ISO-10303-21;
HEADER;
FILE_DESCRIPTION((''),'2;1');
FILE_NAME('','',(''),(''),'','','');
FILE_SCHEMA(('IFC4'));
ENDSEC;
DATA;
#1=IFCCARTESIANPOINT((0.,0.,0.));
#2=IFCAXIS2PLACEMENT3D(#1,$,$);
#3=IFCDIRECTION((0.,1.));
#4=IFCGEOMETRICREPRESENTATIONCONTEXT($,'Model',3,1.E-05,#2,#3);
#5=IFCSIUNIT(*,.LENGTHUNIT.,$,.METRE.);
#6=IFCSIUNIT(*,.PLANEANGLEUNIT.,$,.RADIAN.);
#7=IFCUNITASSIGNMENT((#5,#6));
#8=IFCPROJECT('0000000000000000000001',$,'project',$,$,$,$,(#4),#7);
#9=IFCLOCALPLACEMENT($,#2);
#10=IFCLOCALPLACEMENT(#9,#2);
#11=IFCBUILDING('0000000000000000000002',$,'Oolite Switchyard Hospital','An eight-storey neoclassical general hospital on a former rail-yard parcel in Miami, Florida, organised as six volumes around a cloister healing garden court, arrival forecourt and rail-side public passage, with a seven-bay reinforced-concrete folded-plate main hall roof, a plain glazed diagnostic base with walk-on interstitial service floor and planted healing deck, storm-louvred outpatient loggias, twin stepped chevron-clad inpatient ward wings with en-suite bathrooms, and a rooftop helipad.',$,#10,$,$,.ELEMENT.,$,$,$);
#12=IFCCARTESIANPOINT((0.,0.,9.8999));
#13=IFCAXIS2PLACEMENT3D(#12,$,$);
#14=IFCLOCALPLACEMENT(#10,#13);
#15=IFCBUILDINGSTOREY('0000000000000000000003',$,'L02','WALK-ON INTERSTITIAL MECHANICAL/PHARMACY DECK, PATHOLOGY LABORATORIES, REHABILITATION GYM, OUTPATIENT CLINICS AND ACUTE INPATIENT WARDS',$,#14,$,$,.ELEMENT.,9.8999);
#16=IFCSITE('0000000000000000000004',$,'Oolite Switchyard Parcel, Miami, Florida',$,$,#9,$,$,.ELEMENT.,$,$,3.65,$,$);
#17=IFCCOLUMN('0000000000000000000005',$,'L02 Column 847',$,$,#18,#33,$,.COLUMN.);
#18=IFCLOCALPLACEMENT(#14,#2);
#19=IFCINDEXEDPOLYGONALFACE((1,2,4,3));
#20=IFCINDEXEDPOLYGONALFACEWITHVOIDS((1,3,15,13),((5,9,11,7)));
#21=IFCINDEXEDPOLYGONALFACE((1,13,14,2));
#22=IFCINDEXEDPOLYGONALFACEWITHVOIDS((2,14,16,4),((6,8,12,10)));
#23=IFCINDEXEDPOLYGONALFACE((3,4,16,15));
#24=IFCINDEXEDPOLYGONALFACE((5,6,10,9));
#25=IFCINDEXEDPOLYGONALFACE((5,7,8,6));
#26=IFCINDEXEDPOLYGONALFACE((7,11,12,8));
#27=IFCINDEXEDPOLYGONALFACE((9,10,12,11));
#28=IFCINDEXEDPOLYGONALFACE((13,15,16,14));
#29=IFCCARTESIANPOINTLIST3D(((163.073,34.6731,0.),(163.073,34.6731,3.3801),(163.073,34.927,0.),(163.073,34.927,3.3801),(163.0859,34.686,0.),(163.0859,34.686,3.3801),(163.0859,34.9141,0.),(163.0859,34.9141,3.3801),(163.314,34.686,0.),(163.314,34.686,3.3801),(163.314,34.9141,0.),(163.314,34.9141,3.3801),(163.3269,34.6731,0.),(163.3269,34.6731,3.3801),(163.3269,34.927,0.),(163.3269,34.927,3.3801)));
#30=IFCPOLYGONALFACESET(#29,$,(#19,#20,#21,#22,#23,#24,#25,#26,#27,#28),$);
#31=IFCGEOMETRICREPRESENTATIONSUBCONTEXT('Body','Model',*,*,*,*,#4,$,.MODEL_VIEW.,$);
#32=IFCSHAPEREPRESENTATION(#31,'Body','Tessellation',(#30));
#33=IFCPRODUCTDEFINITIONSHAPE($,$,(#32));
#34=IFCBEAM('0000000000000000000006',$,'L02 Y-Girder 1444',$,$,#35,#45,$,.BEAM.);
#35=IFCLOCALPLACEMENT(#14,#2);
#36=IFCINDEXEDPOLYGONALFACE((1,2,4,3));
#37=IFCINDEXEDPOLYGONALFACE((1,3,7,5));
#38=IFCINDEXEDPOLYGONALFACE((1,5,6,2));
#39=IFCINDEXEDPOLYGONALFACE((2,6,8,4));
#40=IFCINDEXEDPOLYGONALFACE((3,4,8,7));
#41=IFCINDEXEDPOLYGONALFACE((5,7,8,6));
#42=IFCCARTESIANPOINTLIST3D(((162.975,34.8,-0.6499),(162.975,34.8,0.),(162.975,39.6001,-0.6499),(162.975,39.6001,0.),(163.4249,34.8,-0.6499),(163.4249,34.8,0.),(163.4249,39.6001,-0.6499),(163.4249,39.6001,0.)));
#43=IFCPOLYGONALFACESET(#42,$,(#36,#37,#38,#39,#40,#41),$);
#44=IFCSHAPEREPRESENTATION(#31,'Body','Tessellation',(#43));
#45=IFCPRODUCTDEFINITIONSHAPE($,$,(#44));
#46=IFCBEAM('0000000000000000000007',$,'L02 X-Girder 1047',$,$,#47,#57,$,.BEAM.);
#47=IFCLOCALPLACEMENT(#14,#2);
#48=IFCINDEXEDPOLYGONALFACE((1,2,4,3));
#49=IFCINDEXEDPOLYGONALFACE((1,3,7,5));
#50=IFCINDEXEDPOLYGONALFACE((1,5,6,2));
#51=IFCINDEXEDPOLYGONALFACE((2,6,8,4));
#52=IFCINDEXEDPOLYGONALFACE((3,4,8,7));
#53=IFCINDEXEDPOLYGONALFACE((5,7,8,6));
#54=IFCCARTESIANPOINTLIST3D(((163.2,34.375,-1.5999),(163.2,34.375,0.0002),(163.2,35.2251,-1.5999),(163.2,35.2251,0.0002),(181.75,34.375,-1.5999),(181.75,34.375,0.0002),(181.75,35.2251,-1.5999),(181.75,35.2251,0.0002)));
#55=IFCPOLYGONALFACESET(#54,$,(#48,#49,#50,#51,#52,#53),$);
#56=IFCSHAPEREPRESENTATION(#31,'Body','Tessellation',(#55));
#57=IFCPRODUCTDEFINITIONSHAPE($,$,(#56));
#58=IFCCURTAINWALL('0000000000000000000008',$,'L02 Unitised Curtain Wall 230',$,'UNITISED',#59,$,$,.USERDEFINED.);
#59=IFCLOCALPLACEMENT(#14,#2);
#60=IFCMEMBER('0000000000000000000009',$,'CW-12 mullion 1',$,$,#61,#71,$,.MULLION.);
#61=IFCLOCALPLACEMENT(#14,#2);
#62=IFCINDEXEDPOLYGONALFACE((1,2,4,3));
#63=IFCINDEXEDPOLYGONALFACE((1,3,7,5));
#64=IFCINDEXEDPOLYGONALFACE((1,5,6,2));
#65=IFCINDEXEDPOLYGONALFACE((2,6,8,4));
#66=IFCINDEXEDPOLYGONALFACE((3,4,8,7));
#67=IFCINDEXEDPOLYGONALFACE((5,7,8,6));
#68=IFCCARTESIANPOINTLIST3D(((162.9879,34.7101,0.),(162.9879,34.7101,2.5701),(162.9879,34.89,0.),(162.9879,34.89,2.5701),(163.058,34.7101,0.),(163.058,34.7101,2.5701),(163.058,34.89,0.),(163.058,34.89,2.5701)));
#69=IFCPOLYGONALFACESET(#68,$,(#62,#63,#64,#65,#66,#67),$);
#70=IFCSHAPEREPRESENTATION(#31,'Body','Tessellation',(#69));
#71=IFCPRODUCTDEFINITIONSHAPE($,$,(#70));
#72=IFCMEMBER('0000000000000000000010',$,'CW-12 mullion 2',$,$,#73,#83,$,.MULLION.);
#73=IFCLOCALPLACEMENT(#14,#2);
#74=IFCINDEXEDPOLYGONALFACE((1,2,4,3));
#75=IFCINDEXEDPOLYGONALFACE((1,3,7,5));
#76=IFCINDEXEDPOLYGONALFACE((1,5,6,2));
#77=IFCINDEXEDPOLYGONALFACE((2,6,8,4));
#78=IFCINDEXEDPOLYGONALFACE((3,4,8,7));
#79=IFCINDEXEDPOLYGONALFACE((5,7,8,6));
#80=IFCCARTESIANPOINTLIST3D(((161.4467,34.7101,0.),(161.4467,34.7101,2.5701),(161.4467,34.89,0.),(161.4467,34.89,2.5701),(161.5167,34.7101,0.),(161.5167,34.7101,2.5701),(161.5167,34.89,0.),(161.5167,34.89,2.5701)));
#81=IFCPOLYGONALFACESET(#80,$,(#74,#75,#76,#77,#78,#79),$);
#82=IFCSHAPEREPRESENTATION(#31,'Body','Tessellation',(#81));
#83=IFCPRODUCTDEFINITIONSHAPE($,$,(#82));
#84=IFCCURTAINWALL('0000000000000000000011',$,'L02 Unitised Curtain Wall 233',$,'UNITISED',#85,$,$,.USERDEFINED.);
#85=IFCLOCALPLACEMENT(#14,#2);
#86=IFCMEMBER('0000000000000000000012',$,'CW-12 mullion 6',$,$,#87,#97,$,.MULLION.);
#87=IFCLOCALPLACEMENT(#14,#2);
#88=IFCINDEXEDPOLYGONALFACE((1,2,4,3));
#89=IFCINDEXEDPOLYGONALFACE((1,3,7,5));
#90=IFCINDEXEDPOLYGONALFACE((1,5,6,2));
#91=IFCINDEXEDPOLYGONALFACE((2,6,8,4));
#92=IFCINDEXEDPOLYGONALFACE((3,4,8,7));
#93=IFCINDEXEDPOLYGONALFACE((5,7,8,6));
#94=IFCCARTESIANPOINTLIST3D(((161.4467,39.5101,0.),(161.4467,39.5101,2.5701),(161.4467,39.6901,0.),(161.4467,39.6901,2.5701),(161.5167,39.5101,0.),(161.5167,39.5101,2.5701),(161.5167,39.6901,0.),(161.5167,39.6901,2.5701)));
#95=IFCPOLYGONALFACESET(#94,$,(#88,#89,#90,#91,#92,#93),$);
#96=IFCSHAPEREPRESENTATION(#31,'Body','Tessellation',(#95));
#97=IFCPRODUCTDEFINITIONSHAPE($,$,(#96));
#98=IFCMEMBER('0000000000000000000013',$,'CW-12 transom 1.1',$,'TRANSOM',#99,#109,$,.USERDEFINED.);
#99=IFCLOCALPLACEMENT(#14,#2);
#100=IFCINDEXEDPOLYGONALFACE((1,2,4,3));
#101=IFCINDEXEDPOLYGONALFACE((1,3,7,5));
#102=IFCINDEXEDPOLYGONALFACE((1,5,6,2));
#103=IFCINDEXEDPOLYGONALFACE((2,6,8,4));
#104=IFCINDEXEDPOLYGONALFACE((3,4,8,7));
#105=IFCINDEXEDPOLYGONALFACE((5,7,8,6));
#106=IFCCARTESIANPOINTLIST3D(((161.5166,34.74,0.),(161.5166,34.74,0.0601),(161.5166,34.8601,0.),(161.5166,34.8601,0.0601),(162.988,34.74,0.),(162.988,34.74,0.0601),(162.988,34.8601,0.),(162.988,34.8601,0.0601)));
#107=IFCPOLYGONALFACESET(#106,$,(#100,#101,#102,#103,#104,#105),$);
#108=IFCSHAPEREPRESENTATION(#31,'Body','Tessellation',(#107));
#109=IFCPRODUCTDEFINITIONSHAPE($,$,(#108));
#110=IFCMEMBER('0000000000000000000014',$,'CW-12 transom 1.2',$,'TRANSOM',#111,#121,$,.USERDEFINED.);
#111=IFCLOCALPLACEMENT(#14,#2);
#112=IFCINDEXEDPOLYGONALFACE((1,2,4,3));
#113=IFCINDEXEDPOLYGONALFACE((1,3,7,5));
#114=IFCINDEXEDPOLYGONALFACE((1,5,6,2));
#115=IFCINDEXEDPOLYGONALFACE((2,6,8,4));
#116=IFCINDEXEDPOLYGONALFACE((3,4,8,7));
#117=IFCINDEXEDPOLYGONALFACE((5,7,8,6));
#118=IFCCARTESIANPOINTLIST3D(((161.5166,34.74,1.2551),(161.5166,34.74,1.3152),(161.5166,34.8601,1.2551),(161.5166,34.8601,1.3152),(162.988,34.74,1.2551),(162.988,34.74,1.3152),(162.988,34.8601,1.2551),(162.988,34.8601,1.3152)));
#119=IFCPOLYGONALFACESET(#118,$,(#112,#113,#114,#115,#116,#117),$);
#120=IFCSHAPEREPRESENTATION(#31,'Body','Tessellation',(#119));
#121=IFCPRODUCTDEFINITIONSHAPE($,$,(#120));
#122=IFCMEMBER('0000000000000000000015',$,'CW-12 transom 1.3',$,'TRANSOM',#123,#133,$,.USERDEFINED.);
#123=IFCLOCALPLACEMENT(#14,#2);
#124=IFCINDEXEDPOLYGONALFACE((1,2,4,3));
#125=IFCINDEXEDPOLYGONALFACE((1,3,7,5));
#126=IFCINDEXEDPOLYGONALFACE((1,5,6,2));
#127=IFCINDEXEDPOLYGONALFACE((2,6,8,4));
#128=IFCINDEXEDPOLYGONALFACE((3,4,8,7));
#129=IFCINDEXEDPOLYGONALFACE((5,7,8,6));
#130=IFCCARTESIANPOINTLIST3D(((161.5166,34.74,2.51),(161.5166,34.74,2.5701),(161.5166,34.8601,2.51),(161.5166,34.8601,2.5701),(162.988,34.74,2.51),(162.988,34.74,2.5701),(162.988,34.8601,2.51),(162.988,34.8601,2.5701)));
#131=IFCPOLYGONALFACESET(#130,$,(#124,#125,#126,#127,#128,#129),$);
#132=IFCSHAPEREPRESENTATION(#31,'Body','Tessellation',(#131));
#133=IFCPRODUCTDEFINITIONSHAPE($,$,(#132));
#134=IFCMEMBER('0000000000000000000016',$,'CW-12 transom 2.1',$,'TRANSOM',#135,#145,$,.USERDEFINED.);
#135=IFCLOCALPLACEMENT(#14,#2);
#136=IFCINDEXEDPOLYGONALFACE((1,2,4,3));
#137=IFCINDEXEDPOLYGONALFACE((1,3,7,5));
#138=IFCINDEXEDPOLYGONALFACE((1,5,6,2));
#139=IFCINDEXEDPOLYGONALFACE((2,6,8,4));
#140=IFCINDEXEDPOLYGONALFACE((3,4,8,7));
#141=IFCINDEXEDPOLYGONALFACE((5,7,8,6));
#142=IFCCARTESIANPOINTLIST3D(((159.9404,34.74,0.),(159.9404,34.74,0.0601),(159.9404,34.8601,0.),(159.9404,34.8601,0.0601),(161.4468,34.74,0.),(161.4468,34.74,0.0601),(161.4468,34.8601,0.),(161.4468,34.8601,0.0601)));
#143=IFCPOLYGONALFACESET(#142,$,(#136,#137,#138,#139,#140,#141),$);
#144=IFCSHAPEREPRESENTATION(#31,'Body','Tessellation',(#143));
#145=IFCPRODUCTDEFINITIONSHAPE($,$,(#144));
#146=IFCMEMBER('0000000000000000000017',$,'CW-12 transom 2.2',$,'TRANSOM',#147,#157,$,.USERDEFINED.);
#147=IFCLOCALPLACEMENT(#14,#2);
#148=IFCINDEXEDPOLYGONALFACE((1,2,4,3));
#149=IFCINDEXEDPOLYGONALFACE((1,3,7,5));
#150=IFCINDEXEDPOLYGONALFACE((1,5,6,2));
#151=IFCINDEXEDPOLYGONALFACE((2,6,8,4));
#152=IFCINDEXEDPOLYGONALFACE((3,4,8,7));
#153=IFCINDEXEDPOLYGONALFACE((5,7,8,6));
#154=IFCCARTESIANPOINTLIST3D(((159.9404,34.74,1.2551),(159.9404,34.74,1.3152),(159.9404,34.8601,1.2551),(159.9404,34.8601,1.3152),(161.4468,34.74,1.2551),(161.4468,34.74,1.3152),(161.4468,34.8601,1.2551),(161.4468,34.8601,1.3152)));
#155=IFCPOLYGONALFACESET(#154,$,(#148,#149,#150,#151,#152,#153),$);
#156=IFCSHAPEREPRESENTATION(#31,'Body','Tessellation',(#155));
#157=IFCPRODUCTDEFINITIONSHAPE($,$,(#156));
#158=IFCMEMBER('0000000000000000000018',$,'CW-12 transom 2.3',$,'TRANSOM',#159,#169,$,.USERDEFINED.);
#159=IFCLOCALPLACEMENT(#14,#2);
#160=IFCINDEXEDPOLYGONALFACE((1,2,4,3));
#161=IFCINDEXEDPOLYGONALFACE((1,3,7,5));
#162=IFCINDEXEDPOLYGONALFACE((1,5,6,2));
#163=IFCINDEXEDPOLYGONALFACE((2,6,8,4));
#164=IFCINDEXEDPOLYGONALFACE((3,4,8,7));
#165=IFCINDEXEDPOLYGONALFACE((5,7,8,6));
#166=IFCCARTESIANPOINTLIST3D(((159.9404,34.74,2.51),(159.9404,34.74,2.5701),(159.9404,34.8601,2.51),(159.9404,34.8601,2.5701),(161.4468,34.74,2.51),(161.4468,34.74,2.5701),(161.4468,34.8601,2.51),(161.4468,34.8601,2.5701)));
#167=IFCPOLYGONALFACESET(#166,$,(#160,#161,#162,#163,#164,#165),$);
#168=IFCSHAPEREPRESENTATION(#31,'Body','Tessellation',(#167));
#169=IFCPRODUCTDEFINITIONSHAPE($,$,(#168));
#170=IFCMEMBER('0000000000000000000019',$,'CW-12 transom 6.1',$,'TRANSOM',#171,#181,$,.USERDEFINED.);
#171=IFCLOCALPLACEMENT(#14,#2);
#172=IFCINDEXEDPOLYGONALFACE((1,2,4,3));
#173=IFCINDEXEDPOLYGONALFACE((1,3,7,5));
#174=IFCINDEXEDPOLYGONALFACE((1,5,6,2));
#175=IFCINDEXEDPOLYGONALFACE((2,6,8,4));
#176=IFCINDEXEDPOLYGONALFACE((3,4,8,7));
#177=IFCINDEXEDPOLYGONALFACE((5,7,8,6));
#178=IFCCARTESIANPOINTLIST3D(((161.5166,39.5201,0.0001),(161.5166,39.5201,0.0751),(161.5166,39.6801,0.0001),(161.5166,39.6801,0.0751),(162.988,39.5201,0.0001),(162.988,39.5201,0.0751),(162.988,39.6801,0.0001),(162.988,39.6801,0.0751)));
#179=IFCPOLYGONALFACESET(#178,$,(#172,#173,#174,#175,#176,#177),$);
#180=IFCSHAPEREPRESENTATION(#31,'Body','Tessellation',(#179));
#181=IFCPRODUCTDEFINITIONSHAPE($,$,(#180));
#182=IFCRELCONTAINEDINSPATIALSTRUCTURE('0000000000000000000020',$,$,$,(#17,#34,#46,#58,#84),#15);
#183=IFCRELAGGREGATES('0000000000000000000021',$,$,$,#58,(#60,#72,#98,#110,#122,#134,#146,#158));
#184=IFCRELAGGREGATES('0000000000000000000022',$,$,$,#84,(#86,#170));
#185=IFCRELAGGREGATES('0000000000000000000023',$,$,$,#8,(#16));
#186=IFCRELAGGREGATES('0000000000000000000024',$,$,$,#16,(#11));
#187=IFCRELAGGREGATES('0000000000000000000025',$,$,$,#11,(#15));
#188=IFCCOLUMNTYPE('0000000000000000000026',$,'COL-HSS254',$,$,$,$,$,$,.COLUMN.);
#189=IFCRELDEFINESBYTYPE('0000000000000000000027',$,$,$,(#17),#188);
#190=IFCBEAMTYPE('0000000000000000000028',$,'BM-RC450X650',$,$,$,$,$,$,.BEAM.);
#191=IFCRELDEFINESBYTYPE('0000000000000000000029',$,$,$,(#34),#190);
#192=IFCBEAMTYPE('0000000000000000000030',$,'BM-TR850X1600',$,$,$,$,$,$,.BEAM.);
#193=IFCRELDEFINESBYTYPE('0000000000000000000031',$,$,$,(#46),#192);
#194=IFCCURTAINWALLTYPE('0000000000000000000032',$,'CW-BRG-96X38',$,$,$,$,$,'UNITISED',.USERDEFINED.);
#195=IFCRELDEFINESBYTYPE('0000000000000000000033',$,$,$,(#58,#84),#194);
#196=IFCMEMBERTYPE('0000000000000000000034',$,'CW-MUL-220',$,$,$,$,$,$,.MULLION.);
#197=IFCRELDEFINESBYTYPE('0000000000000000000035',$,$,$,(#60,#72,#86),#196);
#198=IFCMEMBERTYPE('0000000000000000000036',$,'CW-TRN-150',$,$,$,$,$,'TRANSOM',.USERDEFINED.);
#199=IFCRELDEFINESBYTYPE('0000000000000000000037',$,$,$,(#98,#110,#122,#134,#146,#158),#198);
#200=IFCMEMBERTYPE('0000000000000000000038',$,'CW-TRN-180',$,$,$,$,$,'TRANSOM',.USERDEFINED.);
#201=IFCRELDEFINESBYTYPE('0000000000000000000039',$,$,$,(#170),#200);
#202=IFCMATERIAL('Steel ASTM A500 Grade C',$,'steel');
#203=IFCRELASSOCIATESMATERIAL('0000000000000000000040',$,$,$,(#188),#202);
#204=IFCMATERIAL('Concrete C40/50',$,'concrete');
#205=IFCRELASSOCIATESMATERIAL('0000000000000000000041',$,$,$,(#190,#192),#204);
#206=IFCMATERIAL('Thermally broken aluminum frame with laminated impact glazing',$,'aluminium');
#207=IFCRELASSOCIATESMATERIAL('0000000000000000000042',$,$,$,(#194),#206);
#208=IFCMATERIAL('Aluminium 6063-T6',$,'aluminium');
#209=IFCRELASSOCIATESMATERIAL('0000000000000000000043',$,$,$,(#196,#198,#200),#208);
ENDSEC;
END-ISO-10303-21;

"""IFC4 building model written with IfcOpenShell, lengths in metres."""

from ifc_helpers import new_model, si_unit, direction, frame, origin, origin_2d, place, context, subcontext, project, spatial, rectangle, hollow_rectangle, extrude, material, material_profile, profile_set, type_object, element, aggregate, save


model = new_model("IFC4")

# Units and contexts
model_context = context("Model", 3, precision=1e-05, world=origin(), true_north=direction((0.0, 1.0)))
body_context = subcontext(model_context, "Body", "Model", "MODEL_VIEW")
ifc_project = project(units=[si_unit("LENGTHUNIT", "METRE"), si_unit("PLANEANGLEUNIT", "RADIAN")], contexts=[model_context])

# Site, building, storey
site_placement = place(None, origin())
site = spatial("IfcSite", under=ifc_project, at=site_placement, Name="Oolite Switchyard Parcel, Miami, Florida", CompositionType="ELEMENT", RefElevation=3.65)
building_placement = place(site_placement, origin())
building = spatial("IfcBuilding", under=site, at=building_placement, Name="Oolite Switchyard Hospital", Description="An eight-storey neoclassical general hospital on a former rail-yard parcel in Miami, Florida, organised as six volumes around a cloister healing garden court, arrival forecourt and rail-side public passage, with a seven-bay reinforced-concrete folded-plate main hall roof, a plain glazed diagnostic base with walk-on interstitial service floor and planted healing deck, storm-louvred outpatient loggias, twin stepped chevron-clad inpatient ward wings with en-suite bathrooms, and a rooftop helipad.", CompositionType="ELEMENT")
storey_placement = place(building_placement, frame((0.0, 0.0, 9.8999)))
storey = spatial("IfcBuildingStorey", under=building, at=storey_placement, Name="L02", Description="WALK-ON INTERSTITIAL MECHANICAL/PHARMACY DECK, PATHOLOGY LABORATORIES, REHABILITATION GYM, OUTPATIENT CLINICS AND ACUTE INPATIENT WARDS", CompositionType="ELEMENT", Elevation=9.8999)

# Column
ifc_material_1 = material(Name="Steel ASTM A500 Grade C", Category="steel")
ifc_material_profile_1 = material_profile(ifc_material_1, hollow_rectangle(XDim=0.2539, YDim=0.2539, WallThickness=0.0129, at=origin_2d()), Name="HSS254X254X13")
ifc_profile_set_1 = profile_set([ifc_material_profile_1], Name="Steel ASTM A500 Grade C")
column_type = type_object("IfcColumnType", Name="COL-HSS254", PredefinedType="COLUMN", material=ifc_profile_set_1)
column_placement = place(storey_placement, frame((163.2, 34.8, 0.0), z_axis=(0.0, 0.0, 1.0), x_axis=(1.0, 0.0, 0.0)))
element("IfcColumn", 1, at=column_placement, inside=storey, type_object=column_type, Name="L02 Column 847", PredefinedType="COLUMN", context=body_context, shape_type="SweptSolid", body=[
    extrude(hollow_rectangle(XDim=0.2539, YDim=0.2539, WallThickness=0.0129, at=origin_2d()), origin(), (0.0, 0.0, 1.0), 3.3801),
])

# Beams
ifc_material_2 = material(Name="Concrete C40/50", Category="concrete")
ifc_material_profile_2 = material_profile(ifc_material_2, rectangle(XDim=0.45, YDim=0.6499, at=origin_2d()), Name="RCB450X650")
ifc_profile_set_2 = profile_set([ifc_material_profile_2], Name="Concrete C40/50")
beam_type_1 = type_object("IfcBeamType", Name="BM-RC450X650", PredefinedType="BEAM", material=ifc_profile_set_2)
beam_1_placement = place(storey_placement, frame((163.2, 34.8, -0.325), z_axis=(0.0, 1.0, 0.0), x_axis=(-1.0, 0.0, 0.0)))
element("IfcBeam", 2, at=beam_1_placement, inside=storey, type_object=beam_type_1, Name="L02 Y-Girder 1444", PredefinedType="BEAM", context=body_context, shape_type="SweptSolid", body=[
    extrude(rectangle(XDim=0.45, YDim=0.6499, at=origin_2d()), origin(), (0.0, 0.0, 1.0), 4.8),
])
ifc_material_profile_3 = material_profile(ifc_material_2, rectangle(XDim=0.8501, YDim=1.6001, at=origin_2d()), Name="RCT850X1600")
ifc_profile_set_3 = profile_set([ifc_material_profile_3], Name="Concrete C40/50")
beam_type_2 = type_object("IfcBeamType", Name="BM-TR850X1600", PredefinedType="BEAM", material=ifc_profile_set_3)
beam_2_placement = place(storey_placement, frame((163.2, 34.8, -0.7998), z_axis=(1.0, 0.0, 0.0), x_axis=(0.0, 1.0, 0.0)))
element("IfcBeam", 3, at=beam_2_placement, inside=storey, type_object=beam_type_2, Name="L02 X-Girder 1047", PredefinedType="BEAM", context=body_context, shape_type="SweptSolid", body=[
    extrude(rectangle(XDim=0.8501, YDim=1.6001, at=origin_2d()), origin(), (0.0, 0.0, 1.0), 18.55),
])

# Curtain wall, members
ifc_material_3 = material(Name="Thermally broken aluminum frame with laminated impact glazing", Category="aluminium")
curtain_wall_type = type_object("IfcCurtainWallType", Name="CW-BRG-96X38", ElementType="UNITISED", PredefinedType="USERDEFINED", material=ifc_material_3)
curtain_wall_1_placement = place(storey_placement, origin())
curtain_wall_1 = element("IfcCurtainWall", 4, at=curtain_wall_1_placement, inside=storey, type_object=curtain_wall_type, Name="L02 Unitised Curtain Wall 230", ObjectType="UNITISED", PredefinedType="USERDEFINED")
ifc_material_4 = material(Name="Aluminium 6063-T6", Category="aluminium")
ifc_material_profile_4 = material_profile(ifc_material_4, rectangle(XDim=0.1799, YDim=0.0701, at=origin_2d()), Name="CWM70X180")
ifc_profile_set_4 = profile_set([ifc_material_profile_4], Name="Aluminium 6063-T6")
member_type_1 = type_object("IfcMemberType", Name="CW-MUL-220", PredefinedType="MULLION", material=ifc_profile_set_4)
member_1_placement = place(storey_placement, frame((163.0229, 34.8, 0.0), z_axis=(0.0, 0.0, 1.0), x_axis=(0.0, -1.0, 0.0)))
member_1 = element("IfcMember", 5, at=member_1_placement, type_object=member_type_1, Name="CW-12 mullion 1", PredefinedType="MULLION", context=body_context, shape_type="SweptSolid", body=[
    extrude(rectangle(XDim=0.1799, YDim=0.0701, at=origin_2d()), origin(), (0.0, 0.0, 1.0), 2.5701),
])
member_2_placement = place(storey_placement, frame((161.4817, 34.8, 0.0), z_axis=(0.0, 0.0, 1.0), x_axis=(0.0, -1.0, 0.0)))
member_2 = element("IfcMember", 6, at=member_2_placement, type_object=member_type_1, Name="CW-12 mullion 2", PredefinedType="MULLION", context=body_context, shape_type="SweptSolid", body=[
    extrude(rectangle(XDim=0.1799, YDim=0.0701, at=origin_2d()), origin(), (0.0, 0.0, 1.0), 2.5701),
])

# Curtain wall, member
curtain_wall_2_placement = place(storey_placement, origin())
curtain_wall_2 = element("IfcCurtainWall", 7, at=curtain_wall_2_placement, inside=storey, type_object=curtain_wall_type, Name="L02 Unitised Curtain Wall 233", ObjectType="UNITISED", PredefinedType="USERDEFINED")
member_3_placement = place(storey_placement, frame((161.4817, 39.6001, 0.0), z_axis=(0.0, 0.0, 1.0), x_axis=(0.0, 1.0, 0.0)))
member_3 = element("IfcMember", 8, at=member_3_placement, type_object=member_type_1, Name="CW-12 mullion 6", PredefinedType="MULLION", context=body_context, shape_type="SweptSolid", body=[
    extrude(rectangle(XDim=0.1799, YDim=0.0701, at=origin_2d()), origin(), (0.0, 0.0, 1.0), 2.5701),
])

# Members
ifc_material_profile_5 = material_profile(ifc_material_4, rectangle(XDim=0.1201, YDim=0.0601, at=origin_2d()), Name="CWT60X120")
ifc_profile_set_5 = profile_set([ifc_material_profile_5], Name="Aluminium 6063-T6")
member_type_2 = type_object("IfcMemberType", Name="CW-TRN-150", ElementType="TRANSOM", PredefinedType="USERDEFINED", material=ifc_profile_set_5)
member_4_placement = place(storey_placement, frame((162.988, 34.8, 0.03), z_axis=(-1.0, 0.0, 0.0), x_axis=(0.0, -1.0, 0.0)))
member_4 = element("IfcMember", 9, at=member_4_placement, type_object=member_type_2, Name="CW-12 transom 1.1", ObjectType="TRANSOM", PredefinedType="USERDEFINED", context=body_context, shape_type="SweptSolid", body=[
    extrude(rectangle(XDim=0.1201, YDim=0.0601, at=origin_2d()), origin(), (0.0, 0.0, 1.0), 1.4714),
])
member_5_placement = place(storey_placement, frame((162.988, 34.8, 1.2852), z_axis=(-1.0, 0.0, 0.0), x_axis=(0.0, -1.0, 0.0)))
member_5 = element("IfcMember", 10, at=member_5_placement, type_object=member_type_2, Name="CW-12 transom 1.2", ObjectType="TRANSOM", PredefinedType="USERDEFINED", context=body_context, shape_type="SweptSolid", body=[
    extrude(rectangle(XDim=0.1201, YDim=0.0601, at=origin_2d()), origin(), (0.0, 0.0, 1.0), 1.4714),
])
member_6_placement = place(storey_placement, frame((162.988, 34.8, 2.54), z_axis=(-1.0, 0.0, 0.0), x_axis=(0.0, -1.0, 0.0)))
member_6 = element("IfcMember", 11, at=member_6_placement, type_object=member_type_2, Name="CW-12 transom 1.3", ObjectType="TRANSOM", PredefinedType="USERDEFINED", context=body_context, shape_type="SweptSolid", body=[
    extrude(rectangle(XDim=0.1201, YDim=0.0601, at=origin_2d()), origin(), (0.0, 0.0, 1.0), 1.4714),
])
member_7_placement = place(storey_placement, frame((161.4468, 34.8, 0.03), z_axis=(-1.0, 0.0, 0.0), x_axis=(0.0, -1.0, 0.0)))
member_7 = element("IfcMember", 12, at=member_7_placement, type_object=member_type_2, Name="CW-12 transom 2.1", ObjectType="TRANSOM", PredefinedType="USERDEFINED", context=body_context, shape_type="SweptSolid", body=[
    extrude(rectangle(XDim=0.1201, YDim=0.0601, at=origin_2d()), origin(), (0.0, 0.0, 1.0), 1.5063),
])
member_8_placement = place(storey_placement, frame((161.4468, 34.8, 1.2852), z_axis=(-1.0, 0.0, 0.0), x_axis=(0.0, -1.0, 0.0)))
member_8 = element("IfcMember", 13, at=member_8_placement, type_object=member_type_2, Name="CW-12 transom 2.2", ObjectType="TRANSOM", PredefinedType="USERDEFINED", context=body_context, shape_type="SweptSolid", body=[
    extrude(rectangle(XDim=0.1201, YDim=0.0601, at=origin_2d()), origin(), (0.0, 0.0, 1.0), 1.5063),
])
member_9_placement = place(storey_placement, frame((161.4468, 34.8, 2.54), z_axis=(-1.0, 0.0, 0.0), x_axis=(0.0, -1.0, 0.0)))
member_9 = element("IfcMember", 14, at=member_9_placement, type_object=member_type_2, Name="CW-12 transom 2.3", ObjectType="TRANSOM", PredefinedType="USERDEFINED", context=body_context, shape_type="SweptSolid", body=[
    extrude(rectangle(XDim=0.1201, YDim=0.0601, at=origin_2d()), origin(), (0.0, 0.0, 1.0), 1.5063),
])
ifc_material_profile_6 = material_profile(ifc_material_4, rectangle(XDim=0.1599, YDim=0.075, at=origin_2d()), Name="CWT75X160")
ifc_profile_set_6 = profile_set([ifc_material_profile_6], Name="Aluminium 6063-T6")
member_type_3 = type_object("IfcMemberType", Name="CW-TRN-180", ElementType="TRANSOM", PredefinedType="USERDEFINED", material=ifc_profile_set_6)
member_10_placement = place(storey_placement, frame((161.5166, 39.6001, 0.0376), z_axis=(1.0, 0.0, 0.0), x_axis=(0.0, 1.0, 0.0)))
member_10 = element("IfcMember", 15, at=member_10_placement, type_object=member_type_3, Name="CW-12 transom 6.1", ObjectType="TRANSOM", PredefinedType="USERDEFINED", context=body_context, shape_type="SweptSolid", body=[
    extrude(rectangle(XDim=0.1599, YDim=0.075, at=origin_2d()), origin(), (0.0, 0.0, 1.0), 1.4714),
])

aggregate(curtain_wall_1, [member_1, member_2, member_4, member_5, member_6, member_7, member_8, member_9])
aggregate(curtain_wall_2, [member_3, member_10])

save(model, "model.ifc")
